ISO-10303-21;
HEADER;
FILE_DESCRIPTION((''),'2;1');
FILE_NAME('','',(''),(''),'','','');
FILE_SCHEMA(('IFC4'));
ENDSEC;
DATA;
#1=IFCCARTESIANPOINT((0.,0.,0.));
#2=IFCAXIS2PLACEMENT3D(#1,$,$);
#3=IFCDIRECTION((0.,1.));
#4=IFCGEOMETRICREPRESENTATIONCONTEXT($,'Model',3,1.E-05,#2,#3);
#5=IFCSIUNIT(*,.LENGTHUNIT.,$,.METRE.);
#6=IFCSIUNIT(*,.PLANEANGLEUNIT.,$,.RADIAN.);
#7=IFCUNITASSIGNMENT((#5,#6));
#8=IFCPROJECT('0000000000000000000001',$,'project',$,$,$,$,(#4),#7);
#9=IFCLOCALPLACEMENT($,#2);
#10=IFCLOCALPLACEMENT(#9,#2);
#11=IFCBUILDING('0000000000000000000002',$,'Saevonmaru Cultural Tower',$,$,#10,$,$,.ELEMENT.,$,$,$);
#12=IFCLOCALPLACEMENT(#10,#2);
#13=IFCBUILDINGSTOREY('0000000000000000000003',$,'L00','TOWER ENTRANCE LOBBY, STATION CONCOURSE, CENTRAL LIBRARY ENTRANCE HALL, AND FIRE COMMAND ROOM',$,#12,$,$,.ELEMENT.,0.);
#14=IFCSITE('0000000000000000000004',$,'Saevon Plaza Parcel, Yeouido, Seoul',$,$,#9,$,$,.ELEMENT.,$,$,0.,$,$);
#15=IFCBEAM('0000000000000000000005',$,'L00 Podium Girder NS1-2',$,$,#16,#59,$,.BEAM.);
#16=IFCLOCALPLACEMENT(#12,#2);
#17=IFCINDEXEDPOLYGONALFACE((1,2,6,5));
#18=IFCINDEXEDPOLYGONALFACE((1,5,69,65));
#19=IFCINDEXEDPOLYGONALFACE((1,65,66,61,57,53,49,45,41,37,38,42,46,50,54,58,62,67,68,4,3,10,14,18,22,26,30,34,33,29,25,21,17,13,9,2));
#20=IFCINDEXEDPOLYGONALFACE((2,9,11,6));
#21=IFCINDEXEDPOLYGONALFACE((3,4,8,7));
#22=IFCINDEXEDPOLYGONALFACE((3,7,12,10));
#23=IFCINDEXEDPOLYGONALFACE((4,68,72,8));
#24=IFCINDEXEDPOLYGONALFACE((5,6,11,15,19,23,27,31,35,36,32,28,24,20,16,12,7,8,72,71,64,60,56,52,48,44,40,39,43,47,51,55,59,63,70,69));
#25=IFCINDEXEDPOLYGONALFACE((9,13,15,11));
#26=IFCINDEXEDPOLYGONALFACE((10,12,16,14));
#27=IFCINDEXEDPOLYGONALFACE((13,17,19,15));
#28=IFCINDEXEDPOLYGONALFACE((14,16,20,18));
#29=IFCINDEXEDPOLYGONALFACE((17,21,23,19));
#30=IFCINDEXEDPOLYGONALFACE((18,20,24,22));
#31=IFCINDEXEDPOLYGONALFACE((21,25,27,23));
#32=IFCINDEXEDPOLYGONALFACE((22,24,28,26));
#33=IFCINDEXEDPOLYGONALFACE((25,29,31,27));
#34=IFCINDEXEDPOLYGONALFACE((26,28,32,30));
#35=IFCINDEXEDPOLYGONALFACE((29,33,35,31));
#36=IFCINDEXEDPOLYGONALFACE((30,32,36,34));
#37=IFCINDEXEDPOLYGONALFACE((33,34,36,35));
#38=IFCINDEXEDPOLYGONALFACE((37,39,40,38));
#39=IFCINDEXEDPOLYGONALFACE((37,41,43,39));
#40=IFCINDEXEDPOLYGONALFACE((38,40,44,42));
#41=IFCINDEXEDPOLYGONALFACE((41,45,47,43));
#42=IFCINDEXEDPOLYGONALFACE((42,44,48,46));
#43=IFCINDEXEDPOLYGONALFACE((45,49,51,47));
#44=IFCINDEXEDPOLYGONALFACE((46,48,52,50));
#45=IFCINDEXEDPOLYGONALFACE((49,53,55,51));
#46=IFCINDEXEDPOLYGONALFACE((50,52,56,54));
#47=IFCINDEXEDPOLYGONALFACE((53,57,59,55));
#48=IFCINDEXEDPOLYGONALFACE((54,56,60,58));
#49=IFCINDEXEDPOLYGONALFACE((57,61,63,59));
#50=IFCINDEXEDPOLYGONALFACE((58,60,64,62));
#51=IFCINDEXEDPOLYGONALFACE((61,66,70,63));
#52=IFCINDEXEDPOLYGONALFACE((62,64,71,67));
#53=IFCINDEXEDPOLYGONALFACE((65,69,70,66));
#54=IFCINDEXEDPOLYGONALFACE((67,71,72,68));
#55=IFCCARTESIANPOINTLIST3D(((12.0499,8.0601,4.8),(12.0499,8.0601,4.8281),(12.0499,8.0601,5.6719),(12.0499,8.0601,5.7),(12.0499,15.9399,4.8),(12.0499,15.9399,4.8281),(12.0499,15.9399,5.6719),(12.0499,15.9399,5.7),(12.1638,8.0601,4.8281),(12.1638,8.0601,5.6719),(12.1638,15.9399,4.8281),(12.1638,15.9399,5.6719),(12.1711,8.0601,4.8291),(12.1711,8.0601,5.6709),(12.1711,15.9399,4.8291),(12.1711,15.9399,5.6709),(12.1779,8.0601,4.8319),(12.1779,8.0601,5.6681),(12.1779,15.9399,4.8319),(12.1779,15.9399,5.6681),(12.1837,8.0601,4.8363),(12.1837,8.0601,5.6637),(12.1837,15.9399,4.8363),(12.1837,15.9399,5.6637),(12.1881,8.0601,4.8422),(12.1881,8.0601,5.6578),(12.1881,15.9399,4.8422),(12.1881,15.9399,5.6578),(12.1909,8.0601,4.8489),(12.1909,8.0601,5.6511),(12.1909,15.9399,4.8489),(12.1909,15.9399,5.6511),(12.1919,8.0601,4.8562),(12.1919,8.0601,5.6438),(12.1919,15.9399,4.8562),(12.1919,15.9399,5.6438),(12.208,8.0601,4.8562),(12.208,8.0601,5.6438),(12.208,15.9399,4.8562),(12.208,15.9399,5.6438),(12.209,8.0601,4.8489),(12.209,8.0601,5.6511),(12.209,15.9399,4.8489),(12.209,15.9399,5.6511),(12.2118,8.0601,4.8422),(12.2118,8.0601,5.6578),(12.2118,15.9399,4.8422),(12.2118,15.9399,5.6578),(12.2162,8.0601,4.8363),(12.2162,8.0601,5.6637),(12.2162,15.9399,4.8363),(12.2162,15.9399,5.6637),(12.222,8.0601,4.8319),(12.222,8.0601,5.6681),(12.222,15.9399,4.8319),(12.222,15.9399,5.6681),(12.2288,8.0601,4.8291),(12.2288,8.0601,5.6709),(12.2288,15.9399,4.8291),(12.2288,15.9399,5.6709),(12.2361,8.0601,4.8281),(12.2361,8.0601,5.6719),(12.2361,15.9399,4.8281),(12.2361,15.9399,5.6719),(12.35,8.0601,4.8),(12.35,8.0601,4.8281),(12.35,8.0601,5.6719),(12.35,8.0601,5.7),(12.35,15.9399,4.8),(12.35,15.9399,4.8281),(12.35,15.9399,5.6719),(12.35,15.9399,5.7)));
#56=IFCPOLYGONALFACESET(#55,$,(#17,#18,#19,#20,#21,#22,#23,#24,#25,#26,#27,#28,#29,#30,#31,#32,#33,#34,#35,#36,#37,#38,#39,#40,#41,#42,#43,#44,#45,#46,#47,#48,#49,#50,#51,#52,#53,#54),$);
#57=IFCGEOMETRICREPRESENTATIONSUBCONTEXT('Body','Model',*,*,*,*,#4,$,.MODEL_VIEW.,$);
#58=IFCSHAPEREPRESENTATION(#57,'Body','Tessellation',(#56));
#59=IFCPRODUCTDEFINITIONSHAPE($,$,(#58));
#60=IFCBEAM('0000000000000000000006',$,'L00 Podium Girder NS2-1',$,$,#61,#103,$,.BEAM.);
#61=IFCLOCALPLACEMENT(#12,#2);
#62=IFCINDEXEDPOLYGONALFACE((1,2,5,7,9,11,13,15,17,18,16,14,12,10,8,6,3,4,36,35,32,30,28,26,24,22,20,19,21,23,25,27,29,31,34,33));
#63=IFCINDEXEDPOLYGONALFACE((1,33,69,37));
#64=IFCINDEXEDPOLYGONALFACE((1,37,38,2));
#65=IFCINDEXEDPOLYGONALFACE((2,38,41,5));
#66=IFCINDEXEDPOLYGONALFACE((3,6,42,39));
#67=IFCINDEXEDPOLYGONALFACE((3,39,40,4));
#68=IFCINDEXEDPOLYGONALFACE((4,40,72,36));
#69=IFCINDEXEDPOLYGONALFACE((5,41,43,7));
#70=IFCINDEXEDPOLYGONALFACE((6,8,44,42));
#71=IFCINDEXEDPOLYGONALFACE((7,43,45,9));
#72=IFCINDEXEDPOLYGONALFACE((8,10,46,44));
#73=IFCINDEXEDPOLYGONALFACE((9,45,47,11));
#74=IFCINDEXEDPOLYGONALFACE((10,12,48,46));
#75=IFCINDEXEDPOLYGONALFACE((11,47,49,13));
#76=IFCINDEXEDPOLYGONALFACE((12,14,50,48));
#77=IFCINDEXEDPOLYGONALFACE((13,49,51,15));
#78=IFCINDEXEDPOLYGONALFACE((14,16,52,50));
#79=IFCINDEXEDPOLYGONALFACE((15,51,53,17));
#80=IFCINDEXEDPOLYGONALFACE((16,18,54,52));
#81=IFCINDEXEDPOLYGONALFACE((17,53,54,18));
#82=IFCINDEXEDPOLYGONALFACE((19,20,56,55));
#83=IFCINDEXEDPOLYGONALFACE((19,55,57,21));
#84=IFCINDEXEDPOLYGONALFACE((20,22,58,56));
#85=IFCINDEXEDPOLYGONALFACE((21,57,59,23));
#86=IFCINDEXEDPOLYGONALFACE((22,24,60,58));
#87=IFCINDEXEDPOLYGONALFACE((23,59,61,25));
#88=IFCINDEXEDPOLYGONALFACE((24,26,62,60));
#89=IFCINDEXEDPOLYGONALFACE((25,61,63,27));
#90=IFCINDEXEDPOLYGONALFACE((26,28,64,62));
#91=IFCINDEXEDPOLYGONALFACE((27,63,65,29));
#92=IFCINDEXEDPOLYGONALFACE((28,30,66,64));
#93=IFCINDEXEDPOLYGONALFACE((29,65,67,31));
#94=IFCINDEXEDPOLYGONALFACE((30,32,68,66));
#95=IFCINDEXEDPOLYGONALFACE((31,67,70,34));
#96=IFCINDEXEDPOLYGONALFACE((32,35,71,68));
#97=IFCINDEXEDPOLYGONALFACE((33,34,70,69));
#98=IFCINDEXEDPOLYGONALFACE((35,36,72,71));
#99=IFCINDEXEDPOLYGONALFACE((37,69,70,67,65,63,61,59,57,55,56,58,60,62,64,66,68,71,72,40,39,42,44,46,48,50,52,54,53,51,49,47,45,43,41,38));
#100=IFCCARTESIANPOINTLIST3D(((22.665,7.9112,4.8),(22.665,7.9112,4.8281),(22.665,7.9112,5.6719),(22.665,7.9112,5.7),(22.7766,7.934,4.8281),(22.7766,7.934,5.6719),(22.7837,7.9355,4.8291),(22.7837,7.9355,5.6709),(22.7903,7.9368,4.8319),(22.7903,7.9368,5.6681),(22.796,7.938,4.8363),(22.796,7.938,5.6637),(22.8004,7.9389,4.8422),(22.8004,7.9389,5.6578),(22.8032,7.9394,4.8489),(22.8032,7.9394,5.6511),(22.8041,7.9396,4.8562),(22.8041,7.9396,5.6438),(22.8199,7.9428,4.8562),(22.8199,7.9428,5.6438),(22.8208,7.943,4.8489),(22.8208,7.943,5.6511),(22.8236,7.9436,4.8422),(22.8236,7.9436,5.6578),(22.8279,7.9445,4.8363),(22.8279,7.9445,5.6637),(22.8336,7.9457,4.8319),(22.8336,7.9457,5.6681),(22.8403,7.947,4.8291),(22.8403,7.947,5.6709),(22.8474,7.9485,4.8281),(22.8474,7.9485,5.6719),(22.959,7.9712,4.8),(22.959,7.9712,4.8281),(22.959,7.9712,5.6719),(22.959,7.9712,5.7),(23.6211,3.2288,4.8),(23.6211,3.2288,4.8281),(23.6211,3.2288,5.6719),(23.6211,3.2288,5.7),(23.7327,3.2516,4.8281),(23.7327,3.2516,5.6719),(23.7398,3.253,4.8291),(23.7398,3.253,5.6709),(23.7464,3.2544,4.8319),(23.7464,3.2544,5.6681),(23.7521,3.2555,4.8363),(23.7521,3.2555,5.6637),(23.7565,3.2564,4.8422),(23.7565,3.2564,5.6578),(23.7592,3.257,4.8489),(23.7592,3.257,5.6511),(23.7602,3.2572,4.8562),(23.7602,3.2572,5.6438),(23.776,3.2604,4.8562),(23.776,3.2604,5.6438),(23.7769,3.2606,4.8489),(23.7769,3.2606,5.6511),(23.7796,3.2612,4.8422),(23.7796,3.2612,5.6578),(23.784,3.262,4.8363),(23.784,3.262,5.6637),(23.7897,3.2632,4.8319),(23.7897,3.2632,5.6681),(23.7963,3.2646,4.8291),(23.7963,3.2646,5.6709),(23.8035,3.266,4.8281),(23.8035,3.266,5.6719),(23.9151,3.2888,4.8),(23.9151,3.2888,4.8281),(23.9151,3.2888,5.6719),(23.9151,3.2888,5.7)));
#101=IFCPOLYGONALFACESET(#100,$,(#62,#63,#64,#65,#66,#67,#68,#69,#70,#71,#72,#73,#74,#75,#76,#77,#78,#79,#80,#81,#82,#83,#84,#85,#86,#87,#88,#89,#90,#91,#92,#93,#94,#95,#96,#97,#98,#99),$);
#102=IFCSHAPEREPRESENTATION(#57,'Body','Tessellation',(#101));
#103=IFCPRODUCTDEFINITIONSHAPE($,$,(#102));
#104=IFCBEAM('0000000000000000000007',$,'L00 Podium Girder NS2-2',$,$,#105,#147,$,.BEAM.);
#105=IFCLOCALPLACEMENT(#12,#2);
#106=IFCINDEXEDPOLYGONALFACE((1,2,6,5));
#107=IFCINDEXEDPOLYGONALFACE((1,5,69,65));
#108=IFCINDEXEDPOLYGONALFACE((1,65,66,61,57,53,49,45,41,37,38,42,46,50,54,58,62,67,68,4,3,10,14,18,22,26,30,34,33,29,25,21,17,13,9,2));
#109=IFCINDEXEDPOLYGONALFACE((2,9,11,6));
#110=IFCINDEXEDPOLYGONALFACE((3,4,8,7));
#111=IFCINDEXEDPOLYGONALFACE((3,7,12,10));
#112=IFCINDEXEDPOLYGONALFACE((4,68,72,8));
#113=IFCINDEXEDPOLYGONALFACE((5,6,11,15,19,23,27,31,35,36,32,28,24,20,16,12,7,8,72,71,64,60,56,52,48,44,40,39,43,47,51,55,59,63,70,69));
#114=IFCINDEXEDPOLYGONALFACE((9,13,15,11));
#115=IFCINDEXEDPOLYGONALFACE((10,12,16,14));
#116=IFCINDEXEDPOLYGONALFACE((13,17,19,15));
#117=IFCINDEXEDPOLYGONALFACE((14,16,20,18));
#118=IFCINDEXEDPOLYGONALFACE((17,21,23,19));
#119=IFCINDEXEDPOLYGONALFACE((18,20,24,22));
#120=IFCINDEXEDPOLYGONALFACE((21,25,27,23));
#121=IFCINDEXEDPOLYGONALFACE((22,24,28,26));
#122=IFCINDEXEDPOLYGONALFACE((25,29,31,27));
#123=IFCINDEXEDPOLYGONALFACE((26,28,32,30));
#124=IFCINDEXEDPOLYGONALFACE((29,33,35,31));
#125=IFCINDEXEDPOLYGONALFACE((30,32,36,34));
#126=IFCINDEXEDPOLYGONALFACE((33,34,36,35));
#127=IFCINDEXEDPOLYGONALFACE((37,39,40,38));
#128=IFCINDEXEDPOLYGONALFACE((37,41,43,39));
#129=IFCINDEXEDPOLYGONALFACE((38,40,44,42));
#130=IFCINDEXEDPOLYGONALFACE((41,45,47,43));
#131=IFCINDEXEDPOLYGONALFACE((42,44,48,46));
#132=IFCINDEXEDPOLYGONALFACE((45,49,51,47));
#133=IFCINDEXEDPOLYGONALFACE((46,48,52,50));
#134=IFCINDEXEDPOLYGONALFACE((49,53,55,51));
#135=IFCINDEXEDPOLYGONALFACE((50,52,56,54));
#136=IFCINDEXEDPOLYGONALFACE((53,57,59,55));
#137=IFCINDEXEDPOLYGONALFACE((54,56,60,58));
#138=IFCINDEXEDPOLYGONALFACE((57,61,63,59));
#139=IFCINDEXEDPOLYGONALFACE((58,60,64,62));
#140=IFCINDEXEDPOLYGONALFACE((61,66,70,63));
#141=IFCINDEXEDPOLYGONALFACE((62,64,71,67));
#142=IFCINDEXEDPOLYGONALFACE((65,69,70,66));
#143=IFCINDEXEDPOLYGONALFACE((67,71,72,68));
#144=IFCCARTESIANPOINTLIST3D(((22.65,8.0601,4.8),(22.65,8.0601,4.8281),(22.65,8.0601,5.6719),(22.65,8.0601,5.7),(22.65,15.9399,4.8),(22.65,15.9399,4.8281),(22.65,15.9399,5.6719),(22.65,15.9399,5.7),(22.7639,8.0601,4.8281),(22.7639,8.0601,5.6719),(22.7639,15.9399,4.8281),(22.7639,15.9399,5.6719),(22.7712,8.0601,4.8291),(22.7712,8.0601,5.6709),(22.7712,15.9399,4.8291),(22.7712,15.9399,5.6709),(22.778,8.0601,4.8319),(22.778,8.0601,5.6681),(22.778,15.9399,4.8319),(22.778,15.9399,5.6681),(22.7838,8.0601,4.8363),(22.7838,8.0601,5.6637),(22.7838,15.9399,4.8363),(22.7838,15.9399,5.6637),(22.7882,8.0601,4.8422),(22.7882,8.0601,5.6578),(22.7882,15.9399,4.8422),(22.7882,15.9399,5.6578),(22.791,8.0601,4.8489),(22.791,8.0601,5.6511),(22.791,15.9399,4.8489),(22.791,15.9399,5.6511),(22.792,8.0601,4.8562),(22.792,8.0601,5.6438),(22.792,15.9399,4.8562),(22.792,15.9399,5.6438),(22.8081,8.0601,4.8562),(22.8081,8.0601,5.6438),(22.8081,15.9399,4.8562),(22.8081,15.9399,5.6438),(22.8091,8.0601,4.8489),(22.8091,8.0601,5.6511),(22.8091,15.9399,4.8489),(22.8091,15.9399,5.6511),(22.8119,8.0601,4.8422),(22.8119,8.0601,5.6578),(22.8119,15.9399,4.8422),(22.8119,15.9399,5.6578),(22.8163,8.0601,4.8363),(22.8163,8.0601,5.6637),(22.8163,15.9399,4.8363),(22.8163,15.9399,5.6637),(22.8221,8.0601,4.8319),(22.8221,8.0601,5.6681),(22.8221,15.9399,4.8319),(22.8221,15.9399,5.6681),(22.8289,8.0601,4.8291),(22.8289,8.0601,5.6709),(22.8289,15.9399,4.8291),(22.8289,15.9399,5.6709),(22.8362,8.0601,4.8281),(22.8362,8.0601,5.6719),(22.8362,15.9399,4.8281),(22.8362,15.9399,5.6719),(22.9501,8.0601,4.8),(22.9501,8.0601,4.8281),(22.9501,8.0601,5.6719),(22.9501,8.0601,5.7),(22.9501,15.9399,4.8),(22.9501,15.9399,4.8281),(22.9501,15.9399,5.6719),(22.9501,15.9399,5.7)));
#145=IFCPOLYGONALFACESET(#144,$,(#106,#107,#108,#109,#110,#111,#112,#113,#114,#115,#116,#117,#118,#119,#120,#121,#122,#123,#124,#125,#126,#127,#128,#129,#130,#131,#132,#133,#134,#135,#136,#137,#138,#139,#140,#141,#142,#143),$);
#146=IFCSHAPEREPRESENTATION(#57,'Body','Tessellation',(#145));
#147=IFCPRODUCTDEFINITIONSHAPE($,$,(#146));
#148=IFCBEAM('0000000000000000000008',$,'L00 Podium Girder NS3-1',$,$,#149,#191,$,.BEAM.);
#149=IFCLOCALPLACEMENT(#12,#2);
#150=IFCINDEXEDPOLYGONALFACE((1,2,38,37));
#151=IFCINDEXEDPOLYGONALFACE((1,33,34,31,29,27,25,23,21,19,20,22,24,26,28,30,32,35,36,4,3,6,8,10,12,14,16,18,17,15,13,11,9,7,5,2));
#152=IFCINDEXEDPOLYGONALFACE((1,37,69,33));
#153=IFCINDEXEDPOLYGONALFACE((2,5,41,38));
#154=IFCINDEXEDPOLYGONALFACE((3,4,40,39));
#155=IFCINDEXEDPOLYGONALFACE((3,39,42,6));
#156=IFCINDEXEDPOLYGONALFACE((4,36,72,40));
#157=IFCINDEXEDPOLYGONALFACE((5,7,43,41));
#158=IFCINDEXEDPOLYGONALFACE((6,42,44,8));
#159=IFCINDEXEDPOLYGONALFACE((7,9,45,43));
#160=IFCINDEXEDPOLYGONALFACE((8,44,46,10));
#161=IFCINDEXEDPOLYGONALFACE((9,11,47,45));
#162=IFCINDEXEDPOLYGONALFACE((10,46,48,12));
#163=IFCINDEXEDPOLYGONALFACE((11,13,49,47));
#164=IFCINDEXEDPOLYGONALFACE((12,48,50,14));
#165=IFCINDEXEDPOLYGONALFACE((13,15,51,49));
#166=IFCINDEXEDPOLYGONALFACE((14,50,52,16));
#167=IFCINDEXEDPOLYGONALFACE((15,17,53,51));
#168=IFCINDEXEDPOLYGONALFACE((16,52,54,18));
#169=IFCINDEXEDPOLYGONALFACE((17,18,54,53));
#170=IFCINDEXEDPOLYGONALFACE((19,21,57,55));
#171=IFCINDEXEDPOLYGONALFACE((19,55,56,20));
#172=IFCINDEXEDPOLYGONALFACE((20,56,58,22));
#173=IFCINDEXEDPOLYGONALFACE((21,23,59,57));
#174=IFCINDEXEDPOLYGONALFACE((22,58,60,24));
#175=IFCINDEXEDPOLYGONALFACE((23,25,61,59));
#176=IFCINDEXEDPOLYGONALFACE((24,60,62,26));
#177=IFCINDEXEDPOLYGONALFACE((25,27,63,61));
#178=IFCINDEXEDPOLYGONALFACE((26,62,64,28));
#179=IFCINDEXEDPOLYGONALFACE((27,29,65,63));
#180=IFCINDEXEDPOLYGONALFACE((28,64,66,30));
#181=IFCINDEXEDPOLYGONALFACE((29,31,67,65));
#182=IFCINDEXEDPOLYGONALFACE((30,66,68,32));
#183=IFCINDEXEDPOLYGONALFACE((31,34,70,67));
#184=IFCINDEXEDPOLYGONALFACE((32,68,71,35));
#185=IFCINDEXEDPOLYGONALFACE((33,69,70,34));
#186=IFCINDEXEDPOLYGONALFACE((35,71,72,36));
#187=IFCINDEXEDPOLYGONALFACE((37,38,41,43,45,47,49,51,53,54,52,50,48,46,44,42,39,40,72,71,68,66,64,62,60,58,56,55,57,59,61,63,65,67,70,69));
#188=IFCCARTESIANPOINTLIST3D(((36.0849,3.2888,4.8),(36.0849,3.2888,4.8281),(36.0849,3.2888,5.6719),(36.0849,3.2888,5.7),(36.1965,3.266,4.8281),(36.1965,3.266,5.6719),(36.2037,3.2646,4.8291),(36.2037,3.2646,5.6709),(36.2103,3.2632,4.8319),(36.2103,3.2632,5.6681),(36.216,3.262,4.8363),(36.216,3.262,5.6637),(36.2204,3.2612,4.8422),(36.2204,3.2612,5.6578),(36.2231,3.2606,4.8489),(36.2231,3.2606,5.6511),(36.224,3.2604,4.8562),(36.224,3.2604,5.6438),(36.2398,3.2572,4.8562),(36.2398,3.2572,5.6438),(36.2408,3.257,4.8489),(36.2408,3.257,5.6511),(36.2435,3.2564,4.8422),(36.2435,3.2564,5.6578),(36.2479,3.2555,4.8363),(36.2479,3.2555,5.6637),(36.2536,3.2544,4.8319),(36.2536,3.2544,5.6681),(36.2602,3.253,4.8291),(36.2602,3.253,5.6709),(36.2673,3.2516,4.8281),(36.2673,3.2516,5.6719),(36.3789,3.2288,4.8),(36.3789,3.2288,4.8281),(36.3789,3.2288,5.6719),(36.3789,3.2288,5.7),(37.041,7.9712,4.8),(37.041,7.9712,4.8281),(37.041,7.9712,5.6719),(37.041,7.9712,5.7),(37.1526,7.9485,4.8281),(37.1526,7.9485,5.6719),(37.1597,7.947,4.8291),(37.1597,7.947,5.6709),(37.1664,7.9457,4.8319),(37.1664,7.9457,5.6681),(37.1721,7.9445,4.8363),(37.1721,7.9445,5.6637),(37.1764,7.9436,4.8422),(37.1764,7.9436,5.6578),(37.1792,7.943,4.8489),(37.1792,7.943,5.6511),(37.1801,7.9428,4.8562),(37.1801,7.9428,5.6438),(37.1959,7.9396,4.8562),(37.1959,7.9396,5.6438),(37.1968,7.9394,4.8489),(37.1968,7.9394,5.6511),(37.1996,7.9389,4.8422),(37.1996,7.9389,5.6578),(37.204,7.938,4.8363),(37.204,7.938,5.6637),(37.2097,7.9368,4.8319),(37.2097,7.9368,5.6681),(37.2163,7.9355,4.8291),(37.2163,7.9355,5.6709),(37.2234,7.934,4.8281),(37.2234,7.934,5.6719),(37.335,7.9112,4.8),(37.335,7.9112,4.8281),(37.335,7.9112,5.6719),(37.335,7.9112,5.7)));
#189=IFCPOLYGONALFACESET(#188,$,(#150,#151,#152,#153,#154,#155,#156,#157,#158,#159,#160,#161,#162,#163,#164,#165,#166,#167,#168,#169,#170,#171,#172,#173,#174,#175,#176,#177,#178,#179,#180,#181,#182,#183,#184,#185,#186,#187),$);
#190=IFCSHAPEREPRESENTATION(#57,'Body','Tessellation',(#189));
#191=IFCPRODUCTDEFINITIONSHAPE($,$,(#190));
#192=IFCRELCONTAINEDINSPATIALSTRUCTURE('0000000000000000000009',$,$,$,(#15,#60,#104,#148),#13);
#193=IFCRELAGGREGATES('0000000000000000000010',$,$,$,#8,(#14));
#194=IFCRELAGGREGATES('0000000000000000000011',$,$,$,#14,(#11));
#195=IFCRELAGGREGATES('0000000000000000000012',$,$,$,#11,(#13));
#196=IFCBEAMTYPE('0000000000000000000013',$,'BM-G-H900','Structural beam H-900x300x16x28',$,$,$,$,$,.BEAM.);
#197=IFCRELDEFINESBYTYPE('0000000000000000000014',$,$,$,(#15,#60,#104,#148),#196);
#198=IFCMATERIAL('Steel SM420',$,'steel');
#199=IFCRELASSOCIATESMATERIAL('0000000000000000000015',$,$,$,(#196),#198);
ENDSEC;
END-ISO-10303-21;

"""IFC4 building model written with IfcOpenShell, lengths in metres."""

from ifc_helpers import new_model, si_unit, direction, frame, origin, origin_2d, place, context, subcontext, project, spatial, i_section, extrude, material, material_profile, profile_set, type_object, element, save


model = new_model("IFC4")

# Units and contexts
model_context = context("Model", 3, precision=1e-05, world=origin(), true_north=direction((0.0, 1.0)))
body_context = subcontext(model_context, "Body", "Model", "MODEL_VIEW")
ifc_project = project(units=[si_unit("LENGTHUNIT", "METRE"), si_unit("PLANEANGLEUNIT", "RADIAN")], contexts=[model_context])

# Site, building, storey
site_placement = place(None, origin())
site = spatial("IfcSite", under=ifc_project, at=site_placement, Name="Saevon Plaza Parcel, Yeouido, Seoul", CompositionType="ELEMENT", RefElevation=0.0)
building_placement = place(site_placement, origin())
building = spatial("IfcBuilding", under=site, at=building_placement, Name="Saevonmaru Cultural Tower", CompositionType="ELEMENT")
storey_placement = place(building_placement, origin())
storey = spatial("IfcBuildingStorey", under=building, at=storey_placement, Name="L00", Description="TOWER ENTRANCE LOBBY, STATION CONCOURSE, CENTRAL LIBRARY ENTRANCE HALL, AND FIRE COMMAND ROOM", CompositionType="ELEMENT", Elevation=0.0)

# Shared definitions
ifc_material_1 = material(Name="Steel SM420", Category="steel")

# Beams
ifc_material_profile_1 = material_profile(ifc_material_1, i_section(OverallWidth=0.3, OverallDepth=0.8999, WebThickness=0.0161, FlangeThickness=0.0281, FilletRadius=0.0281, at=origin_2d()), Name="H-900x300x16x28")
ifc_profile_set_1 = profile_set([ifc_material_profile_1], Name="Steel SM420")
beam_type_1 = type_object("IfcBeamType", Name="BM-G-H900", Description="Structural beam H-900x300x16x28", PredefinedType="BEAM", material=ifc_profile_set_1)
beam_1_placement = place(storey_placement, frame((12.2, 8.0601, 5.25), z_axis=(0.0, 1.0, 0.0), x_axis=(-1.0, 0.0, 0.0)))
element("IfcBeam", 1, at=beam_1_placement, inside=storey, type_object=beam_type_1, Name="L00 Podium Girder NS1-2", PredefinedType="BEAM", context=body_context, shape_type="SweptSolid", body=[
    extrude(i_section(OverallWidth=0.3, OverallDepth=0.8999, WebThickness=0.0161, FlangeThickness=0.0281, FilletRadius=0.0281, at=origin_2d()), origin(), (0.0, 0.0, 1.0), 7.8799),
])
beam_2_placement = place(storey_placement, frame((23.7681, 3.2588, 5.25), z_axis=(-0.200054, 0.979785, 0.0), x_axis=(-0.979785, -0.200054, 0.0)))
element("IfcBeam", 2, at=beam_2_placement, inside=storey, type_object=beam_type_1, Name="L00 Podium Girder NS2-1", PredefinedType="BEAM", context=body_context, shape_type="SweptSolid", body=[
    extrude(i_section(OverallWidth=0.3, OverallDepth=0.8999, WebThickness=0.0161, FlangeThickness=0.0281, FilletRadius=0.0281, at=origin_2d()), origin(), (0.0, 0.0, 1.0), 4.7791),
])
beam_3_placement = place(storey_placement, frame((22.8, 8.0601, 5.25), z_axis=(0.0, 1.0, 0.0), x_axis=(-1.0, 0.0, 0.0)))
element("IfcBeam", 3, at=beam_3_placement, inside=storey, type_object=beam_type_1, Name="L00 Podium Girder NS2-2", PredefinedType="BEAM", context=body_context, shape_type="SweptSolid", body=[
    extrude(i_section(OverallWidth=0.3, OverallDepth=0.8999, WebThickness=0.0161, FlangeThickness=0.0281, FilletRadius=0.0281, at=origin_2d()), origin(), (0.0, 0.0, 1.0), 7.8799),
])
beam_4_placement = place(storey_placement, frame((36.2319, 3.2588, 5.25), z_axis=(0.200054, 0.979785, 0.0), x_axis=(-0.979785, 0.200054, 0.0)))
element("IfcBeam", 4, at=beam_4_placement, inside=storey, type_object=beam_type_1, Name="L00 Podium Girder NS3-1", PredefinedType="BEAM", context=body_context, shape_type="SweptSolid", body=[
    extrude(i_section(OverallWidth=0.3, OverallDepth=0.8999, WebThickness=0.0161, FlangeThickness=0.0281, FilletRadius=0.0281, at=origin_2d()), origin(), (0.0, 0.0, 1.0), 4.7791),
])

save(model, "model.ifc")
